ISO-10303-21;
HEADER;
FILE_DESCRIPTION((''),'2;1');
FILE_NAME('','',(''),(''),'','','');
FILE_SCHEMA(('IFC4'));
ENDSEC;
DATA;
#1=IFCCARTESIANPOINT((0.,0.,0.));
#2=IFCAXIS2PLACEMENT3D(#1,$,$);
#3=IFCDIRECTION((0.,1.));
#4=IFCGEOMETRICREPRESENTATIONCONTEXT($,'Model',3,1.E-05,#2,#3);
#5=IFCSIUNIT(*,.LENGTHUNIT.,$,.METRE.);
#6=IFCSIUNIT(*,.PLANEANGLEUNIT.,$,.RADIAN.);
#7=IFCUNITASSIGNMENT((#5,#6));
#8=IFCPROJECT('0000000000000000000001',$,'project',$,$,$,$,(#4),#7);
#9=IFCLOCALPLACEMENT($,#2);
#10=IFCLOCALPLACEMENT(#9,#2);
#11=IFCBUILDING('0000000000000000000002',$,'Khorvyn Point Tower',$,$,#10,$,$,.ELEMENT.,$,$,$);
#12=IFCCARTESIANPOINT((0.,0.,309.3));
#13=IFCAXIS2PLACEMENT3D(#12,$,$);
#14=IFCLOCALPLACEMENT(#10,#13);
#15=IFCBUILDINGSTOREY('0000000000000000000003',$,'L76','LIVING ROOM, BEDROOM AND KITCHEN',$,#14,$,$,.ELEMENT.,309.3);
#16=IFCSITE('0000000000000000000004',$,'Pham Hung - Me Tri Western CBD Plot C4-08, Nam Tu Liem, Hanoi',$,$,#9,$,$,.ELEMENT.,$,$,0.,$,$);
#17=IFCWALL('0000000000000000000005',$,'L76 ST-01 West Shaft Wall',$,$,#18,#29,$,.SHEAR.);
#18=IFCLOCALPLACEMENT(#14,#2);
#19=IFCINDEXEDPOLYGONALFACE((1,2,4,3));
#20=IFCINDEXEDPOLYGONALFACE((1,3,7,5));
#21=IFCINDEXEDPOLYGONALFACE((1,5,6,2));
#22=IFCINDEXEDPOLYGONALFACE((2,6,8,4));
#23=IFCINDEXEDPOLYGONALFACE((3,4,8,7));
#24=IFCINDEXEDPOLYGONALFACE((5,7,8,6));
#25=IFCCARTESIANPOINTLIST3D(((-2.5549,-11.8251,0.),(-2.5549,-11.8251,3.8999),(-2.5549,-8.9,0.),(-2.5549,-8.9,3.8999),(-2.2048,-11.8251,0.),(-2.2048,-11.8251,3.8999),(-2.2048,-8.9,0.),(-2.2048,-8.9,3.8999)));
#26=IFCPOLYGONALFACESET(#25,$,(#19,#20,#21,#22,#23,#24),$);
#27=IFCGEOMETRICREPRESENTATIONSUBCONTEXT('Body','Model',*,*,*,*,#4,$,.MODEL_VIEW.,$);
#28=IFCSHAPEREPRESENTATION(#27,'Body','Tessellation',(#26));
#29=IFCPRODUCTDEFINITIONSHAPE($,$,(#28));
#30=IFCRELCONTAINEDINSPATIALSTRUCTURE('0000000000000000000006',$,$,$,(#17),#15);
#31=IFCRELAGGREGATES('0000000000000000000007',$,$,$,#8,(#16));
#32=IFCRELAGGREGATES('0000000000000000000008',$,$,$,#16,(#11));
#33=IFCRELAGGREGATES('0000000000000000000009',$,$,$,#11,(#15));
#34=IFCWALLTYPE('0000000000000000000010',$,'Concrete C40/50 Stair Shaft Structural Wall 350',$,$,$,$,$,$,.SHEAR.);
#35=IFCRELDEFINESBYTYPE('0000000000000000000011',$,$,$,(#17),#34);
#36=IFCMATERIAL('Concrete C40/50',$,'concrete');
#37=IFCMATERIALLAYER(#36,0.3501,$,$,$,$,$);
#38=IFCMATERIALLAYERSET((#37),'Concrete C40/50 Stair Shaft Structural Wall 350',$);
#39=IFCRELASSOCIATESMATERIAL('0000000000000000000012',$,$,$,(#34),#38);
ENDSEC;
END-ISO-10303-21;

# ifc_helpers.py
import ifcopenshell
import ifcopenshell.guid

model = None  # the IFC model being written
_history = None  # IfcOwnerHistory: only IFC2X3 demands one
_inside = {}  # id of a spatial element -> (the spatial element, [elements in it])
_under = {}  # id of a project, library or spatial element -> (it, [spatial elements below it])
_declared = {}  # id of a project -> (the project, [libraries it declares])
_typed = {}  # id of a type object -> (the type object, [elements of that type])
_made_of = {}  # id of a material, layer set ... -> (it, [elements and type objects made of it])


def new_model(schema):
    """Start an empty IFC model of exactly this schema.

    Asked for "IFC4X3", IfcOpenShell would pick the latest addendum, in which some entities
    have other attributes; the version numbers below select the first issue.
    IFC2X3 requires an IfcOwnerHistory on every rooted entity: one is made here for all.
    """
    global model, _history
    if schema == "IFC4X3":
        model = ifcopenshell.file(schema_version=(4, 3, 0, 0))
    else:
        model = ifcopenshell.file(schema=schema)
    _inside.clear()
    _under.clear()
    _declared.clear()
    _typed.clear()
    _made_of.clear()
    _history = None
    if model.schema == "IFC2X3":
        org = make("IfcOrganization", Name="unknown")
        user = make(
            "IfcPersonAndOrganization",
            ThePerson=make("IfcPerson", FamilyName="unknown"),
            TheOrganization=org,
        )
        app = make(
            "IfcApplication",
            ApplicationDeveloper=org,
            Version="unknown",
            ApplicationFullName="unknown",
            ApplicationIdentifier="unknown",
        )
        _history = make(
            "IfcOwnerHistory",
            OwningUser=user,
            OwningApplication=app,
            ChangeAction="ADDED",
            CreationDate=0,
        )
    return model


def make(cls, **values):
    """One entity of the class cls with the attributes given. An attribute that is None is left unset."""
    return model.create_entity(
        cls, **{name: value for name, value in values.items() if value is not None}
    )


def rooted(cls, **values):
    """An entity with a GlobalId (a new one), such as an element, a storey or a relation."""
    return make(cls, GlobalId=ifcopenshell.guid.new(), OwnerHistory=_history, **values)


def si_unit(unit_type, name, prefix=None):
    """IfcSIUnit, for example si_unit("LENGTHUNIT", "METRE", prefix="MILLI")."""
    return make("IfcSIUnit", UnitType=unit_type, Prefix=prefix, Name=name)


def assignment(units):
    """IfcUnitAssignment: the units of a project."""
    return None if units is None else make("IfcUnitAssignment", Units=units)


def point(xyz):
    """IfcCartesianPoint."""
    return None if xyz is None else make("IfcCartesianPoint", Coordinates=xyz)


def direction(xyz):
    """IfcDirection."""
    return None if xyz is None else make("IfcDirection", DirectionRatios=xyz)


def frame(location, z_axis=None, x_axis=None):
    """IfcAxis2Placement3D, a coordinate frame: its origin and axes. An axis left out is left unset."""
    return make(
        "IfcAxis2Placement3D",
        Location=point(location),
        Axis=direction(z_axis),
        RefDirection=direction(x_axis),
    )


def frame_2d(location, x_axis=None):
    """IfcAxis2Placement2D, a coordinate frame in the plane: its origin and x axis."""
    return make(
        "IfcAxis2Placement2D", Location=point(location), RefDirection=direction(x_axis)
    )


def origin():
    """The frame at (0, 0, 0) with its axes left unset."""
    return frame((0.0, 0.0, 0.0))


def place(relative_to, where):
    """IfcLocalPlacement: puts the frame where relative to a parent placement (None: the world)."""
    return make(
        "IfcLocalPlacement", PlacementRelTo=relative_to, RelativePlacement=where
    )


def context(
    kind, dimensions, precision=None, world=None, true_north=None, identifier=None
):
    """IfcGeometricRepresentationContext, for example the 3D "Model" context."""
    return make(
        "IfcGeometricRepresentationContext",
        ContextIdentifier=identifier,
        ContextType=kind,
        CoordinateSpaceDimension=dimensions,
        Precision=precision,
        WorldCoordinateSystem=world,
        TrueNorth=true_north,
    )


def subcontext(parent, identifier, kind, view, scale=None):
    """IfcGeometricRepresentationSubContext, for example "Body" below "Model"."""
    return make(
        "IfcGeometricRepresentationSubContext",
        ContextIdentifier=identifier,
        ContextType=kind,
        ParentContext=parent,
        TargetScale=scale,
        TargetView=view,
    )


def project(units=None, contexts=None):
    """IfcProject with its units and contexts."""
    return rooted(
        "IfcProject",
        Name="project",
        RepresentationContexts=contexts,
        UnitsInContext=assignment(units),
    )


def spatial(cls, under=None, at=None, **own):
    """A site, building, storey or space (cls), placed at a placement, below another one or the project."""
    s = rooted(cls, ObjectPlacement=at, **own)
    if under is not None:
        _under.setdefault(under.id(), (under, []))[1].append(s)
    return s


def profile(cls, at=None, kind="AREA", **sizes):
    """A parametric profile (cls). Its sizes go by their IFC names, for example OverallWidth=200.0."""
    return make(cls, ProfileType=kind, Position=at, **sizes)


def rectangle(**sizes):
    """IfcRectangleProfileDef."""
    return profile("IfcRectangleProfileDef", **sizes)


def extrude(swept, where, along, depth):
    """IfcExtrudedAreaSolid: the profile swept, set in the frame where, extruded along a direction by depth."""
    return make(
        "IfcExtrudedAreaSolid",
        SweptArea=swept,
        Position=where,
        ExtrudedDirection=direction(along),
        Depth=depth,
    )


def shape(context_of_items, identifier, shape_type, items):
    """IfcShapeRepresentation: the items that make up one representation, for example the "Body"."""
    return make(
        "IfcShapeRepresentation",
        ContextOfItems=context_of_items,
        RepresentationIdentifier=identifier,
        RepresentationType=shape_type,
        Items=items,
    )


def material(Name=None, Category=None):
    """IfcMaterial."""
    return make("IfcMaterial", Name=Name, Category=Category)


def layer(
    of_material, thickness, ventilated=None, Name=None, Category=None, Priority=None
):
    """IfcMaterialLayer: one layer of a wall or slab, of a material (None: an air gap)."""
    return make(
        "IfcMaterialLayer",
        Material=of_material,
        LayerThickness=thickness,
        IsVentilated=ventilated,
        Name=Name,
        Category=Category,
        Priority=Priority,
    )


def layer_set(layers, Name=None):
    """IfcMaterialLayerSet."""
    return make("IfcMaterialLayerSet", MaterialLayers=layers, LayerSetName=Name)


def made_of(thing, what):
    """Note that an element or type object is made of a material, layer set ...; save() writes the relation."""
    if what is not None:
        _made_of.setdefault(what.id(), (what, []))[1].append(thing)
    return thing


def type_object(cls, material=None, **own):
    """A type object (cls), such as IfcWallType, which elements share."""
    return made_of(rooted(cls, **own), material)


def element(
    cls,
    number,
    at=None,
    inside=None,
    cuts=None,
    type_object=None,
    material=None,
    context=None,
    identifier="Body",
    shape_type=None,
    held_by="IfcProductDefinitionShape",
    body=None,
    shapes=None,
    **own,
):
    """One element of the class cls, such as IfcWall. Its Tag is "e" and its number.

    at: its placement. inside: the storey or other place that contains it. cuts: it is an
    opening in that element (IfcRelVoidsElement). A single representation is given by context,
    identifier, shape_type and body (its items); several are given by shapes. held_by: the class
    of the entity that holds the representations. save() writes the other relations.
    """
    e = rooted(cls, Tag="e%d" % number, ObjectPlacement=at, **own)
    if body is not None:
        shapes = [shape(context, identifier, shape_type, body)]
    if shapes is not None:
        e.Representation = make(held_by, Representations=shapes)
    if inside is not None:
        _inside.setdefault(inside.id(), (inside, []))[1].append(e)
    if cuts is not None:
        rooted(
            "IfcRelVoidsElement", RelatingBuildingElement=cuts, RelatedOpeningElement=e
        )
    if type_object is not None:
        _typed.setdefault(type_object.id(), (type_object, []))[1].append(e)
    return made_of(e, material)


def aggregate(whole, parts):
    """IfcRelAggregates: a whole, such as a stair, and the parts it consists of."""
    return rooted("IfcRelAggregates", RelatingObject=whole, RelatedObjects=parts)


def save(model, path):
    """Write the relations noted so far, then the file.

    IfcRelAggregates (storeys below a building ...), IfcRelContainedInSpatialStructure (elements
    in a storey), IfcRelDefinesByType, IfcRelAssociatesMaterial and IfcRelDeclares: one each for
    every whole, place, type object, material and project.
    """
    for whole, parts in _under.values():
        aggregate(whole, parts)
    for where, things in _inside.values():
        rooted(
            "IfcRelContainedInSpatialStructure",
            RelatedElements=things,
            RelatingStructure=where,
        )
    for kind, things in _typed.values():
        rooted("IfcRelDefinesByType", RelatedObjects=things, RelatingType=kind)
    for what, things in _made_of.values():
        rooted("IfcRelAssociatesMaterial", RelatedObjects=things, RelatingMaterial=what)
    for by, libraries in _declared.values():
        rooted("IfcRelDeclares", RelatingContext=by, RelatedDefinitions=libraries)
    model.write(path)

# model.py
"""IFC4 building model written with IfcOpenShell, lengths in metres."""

from ifc_helpers import new_model, si_unit, direction, frame, frame_2d, origin, place, context, subcontext, project, spatial, rectangle, extrude, material, layer, layer_set, type_object, element, save


model = new_model("IFC4")

# Units and contexts
model_context = context("Model", 3, precision=1e-05, world=origin(), true_north=direction((0.0, 1.0)))
body_context = subcontext(model_context, "Body", "Model", "MODEL_VIEW")
ifc_project = project(units=[si_unit("LENGTHUNIT", "METRE"), si_unit("PLANEANGLEUNIT", "RADIAN")], contexts=[model_context])

# Site, building, storey
site_placement = place(None, origin())
site = spatial("IfcSite", under=ifc_project, at=site_placement, Name="Pham Hung - Me Tri Western CBD Plot C4-08, Nam Tu Liem, Hanoi", CompositionType="ELEMENT", RefElevation=0.0)
building_placement = place(site_placement, origin())
building = spatial("IfcBuilding", under=site, at=building_placement, Name="Khorvyn Point Tower", CompositionType="ELEMENT")
storey_placement = place(building_placement, frame((0.0, 0.0, 309.3)))
storey = spatial("IfcBuildingStorey", under=building, at=storey_placement, Name="L76", Description="LIVING ROOM, BEDROOM AND KITCHEN", CompositionType="ELEMENT", Elevation=309.3)

# Shared definitions
ifc_material_1 = material(Name="Concrete C40/50", Category="concrete")

# Wall
ifc_layer_1 = layer(ifc_material_1, 0.3501)
ifc_layer_set_1 = layer_set([ifc_layer_1], Name="Concrete C40/50 Stair Shaft Structural Wall 350")
wall_type_1 = type_object("IfcWallType", Name="Concrete C40/50 Stair Shaft Structural Wall 350", PredefinedType="SHEAR", material=ifc_layer_set_1)
wall_1_placement = place(storey_placement, frame((-2.3799, -11.825, 0.0), z_axis=(0.0, 0.0, 1.0), x_axis=(0.0, 1.0, 0.0)))
element("IfcWall", 1, at=wall_1_placement, inside=storey, type_object=wall_type_1, Name="L76 ST-01 West Shaft Wall", PredefinedType="SHEAR", context=body_context, shape_type="SweptSolid", body=[
    extrude(rectangle(XDim=2.925, YDim=0.3501, at=frame_2d((1.4624, 0.0))), origin(), (0.0, 0.0, 1.0), 3.8999),
])

save(model, "model.ifc")
